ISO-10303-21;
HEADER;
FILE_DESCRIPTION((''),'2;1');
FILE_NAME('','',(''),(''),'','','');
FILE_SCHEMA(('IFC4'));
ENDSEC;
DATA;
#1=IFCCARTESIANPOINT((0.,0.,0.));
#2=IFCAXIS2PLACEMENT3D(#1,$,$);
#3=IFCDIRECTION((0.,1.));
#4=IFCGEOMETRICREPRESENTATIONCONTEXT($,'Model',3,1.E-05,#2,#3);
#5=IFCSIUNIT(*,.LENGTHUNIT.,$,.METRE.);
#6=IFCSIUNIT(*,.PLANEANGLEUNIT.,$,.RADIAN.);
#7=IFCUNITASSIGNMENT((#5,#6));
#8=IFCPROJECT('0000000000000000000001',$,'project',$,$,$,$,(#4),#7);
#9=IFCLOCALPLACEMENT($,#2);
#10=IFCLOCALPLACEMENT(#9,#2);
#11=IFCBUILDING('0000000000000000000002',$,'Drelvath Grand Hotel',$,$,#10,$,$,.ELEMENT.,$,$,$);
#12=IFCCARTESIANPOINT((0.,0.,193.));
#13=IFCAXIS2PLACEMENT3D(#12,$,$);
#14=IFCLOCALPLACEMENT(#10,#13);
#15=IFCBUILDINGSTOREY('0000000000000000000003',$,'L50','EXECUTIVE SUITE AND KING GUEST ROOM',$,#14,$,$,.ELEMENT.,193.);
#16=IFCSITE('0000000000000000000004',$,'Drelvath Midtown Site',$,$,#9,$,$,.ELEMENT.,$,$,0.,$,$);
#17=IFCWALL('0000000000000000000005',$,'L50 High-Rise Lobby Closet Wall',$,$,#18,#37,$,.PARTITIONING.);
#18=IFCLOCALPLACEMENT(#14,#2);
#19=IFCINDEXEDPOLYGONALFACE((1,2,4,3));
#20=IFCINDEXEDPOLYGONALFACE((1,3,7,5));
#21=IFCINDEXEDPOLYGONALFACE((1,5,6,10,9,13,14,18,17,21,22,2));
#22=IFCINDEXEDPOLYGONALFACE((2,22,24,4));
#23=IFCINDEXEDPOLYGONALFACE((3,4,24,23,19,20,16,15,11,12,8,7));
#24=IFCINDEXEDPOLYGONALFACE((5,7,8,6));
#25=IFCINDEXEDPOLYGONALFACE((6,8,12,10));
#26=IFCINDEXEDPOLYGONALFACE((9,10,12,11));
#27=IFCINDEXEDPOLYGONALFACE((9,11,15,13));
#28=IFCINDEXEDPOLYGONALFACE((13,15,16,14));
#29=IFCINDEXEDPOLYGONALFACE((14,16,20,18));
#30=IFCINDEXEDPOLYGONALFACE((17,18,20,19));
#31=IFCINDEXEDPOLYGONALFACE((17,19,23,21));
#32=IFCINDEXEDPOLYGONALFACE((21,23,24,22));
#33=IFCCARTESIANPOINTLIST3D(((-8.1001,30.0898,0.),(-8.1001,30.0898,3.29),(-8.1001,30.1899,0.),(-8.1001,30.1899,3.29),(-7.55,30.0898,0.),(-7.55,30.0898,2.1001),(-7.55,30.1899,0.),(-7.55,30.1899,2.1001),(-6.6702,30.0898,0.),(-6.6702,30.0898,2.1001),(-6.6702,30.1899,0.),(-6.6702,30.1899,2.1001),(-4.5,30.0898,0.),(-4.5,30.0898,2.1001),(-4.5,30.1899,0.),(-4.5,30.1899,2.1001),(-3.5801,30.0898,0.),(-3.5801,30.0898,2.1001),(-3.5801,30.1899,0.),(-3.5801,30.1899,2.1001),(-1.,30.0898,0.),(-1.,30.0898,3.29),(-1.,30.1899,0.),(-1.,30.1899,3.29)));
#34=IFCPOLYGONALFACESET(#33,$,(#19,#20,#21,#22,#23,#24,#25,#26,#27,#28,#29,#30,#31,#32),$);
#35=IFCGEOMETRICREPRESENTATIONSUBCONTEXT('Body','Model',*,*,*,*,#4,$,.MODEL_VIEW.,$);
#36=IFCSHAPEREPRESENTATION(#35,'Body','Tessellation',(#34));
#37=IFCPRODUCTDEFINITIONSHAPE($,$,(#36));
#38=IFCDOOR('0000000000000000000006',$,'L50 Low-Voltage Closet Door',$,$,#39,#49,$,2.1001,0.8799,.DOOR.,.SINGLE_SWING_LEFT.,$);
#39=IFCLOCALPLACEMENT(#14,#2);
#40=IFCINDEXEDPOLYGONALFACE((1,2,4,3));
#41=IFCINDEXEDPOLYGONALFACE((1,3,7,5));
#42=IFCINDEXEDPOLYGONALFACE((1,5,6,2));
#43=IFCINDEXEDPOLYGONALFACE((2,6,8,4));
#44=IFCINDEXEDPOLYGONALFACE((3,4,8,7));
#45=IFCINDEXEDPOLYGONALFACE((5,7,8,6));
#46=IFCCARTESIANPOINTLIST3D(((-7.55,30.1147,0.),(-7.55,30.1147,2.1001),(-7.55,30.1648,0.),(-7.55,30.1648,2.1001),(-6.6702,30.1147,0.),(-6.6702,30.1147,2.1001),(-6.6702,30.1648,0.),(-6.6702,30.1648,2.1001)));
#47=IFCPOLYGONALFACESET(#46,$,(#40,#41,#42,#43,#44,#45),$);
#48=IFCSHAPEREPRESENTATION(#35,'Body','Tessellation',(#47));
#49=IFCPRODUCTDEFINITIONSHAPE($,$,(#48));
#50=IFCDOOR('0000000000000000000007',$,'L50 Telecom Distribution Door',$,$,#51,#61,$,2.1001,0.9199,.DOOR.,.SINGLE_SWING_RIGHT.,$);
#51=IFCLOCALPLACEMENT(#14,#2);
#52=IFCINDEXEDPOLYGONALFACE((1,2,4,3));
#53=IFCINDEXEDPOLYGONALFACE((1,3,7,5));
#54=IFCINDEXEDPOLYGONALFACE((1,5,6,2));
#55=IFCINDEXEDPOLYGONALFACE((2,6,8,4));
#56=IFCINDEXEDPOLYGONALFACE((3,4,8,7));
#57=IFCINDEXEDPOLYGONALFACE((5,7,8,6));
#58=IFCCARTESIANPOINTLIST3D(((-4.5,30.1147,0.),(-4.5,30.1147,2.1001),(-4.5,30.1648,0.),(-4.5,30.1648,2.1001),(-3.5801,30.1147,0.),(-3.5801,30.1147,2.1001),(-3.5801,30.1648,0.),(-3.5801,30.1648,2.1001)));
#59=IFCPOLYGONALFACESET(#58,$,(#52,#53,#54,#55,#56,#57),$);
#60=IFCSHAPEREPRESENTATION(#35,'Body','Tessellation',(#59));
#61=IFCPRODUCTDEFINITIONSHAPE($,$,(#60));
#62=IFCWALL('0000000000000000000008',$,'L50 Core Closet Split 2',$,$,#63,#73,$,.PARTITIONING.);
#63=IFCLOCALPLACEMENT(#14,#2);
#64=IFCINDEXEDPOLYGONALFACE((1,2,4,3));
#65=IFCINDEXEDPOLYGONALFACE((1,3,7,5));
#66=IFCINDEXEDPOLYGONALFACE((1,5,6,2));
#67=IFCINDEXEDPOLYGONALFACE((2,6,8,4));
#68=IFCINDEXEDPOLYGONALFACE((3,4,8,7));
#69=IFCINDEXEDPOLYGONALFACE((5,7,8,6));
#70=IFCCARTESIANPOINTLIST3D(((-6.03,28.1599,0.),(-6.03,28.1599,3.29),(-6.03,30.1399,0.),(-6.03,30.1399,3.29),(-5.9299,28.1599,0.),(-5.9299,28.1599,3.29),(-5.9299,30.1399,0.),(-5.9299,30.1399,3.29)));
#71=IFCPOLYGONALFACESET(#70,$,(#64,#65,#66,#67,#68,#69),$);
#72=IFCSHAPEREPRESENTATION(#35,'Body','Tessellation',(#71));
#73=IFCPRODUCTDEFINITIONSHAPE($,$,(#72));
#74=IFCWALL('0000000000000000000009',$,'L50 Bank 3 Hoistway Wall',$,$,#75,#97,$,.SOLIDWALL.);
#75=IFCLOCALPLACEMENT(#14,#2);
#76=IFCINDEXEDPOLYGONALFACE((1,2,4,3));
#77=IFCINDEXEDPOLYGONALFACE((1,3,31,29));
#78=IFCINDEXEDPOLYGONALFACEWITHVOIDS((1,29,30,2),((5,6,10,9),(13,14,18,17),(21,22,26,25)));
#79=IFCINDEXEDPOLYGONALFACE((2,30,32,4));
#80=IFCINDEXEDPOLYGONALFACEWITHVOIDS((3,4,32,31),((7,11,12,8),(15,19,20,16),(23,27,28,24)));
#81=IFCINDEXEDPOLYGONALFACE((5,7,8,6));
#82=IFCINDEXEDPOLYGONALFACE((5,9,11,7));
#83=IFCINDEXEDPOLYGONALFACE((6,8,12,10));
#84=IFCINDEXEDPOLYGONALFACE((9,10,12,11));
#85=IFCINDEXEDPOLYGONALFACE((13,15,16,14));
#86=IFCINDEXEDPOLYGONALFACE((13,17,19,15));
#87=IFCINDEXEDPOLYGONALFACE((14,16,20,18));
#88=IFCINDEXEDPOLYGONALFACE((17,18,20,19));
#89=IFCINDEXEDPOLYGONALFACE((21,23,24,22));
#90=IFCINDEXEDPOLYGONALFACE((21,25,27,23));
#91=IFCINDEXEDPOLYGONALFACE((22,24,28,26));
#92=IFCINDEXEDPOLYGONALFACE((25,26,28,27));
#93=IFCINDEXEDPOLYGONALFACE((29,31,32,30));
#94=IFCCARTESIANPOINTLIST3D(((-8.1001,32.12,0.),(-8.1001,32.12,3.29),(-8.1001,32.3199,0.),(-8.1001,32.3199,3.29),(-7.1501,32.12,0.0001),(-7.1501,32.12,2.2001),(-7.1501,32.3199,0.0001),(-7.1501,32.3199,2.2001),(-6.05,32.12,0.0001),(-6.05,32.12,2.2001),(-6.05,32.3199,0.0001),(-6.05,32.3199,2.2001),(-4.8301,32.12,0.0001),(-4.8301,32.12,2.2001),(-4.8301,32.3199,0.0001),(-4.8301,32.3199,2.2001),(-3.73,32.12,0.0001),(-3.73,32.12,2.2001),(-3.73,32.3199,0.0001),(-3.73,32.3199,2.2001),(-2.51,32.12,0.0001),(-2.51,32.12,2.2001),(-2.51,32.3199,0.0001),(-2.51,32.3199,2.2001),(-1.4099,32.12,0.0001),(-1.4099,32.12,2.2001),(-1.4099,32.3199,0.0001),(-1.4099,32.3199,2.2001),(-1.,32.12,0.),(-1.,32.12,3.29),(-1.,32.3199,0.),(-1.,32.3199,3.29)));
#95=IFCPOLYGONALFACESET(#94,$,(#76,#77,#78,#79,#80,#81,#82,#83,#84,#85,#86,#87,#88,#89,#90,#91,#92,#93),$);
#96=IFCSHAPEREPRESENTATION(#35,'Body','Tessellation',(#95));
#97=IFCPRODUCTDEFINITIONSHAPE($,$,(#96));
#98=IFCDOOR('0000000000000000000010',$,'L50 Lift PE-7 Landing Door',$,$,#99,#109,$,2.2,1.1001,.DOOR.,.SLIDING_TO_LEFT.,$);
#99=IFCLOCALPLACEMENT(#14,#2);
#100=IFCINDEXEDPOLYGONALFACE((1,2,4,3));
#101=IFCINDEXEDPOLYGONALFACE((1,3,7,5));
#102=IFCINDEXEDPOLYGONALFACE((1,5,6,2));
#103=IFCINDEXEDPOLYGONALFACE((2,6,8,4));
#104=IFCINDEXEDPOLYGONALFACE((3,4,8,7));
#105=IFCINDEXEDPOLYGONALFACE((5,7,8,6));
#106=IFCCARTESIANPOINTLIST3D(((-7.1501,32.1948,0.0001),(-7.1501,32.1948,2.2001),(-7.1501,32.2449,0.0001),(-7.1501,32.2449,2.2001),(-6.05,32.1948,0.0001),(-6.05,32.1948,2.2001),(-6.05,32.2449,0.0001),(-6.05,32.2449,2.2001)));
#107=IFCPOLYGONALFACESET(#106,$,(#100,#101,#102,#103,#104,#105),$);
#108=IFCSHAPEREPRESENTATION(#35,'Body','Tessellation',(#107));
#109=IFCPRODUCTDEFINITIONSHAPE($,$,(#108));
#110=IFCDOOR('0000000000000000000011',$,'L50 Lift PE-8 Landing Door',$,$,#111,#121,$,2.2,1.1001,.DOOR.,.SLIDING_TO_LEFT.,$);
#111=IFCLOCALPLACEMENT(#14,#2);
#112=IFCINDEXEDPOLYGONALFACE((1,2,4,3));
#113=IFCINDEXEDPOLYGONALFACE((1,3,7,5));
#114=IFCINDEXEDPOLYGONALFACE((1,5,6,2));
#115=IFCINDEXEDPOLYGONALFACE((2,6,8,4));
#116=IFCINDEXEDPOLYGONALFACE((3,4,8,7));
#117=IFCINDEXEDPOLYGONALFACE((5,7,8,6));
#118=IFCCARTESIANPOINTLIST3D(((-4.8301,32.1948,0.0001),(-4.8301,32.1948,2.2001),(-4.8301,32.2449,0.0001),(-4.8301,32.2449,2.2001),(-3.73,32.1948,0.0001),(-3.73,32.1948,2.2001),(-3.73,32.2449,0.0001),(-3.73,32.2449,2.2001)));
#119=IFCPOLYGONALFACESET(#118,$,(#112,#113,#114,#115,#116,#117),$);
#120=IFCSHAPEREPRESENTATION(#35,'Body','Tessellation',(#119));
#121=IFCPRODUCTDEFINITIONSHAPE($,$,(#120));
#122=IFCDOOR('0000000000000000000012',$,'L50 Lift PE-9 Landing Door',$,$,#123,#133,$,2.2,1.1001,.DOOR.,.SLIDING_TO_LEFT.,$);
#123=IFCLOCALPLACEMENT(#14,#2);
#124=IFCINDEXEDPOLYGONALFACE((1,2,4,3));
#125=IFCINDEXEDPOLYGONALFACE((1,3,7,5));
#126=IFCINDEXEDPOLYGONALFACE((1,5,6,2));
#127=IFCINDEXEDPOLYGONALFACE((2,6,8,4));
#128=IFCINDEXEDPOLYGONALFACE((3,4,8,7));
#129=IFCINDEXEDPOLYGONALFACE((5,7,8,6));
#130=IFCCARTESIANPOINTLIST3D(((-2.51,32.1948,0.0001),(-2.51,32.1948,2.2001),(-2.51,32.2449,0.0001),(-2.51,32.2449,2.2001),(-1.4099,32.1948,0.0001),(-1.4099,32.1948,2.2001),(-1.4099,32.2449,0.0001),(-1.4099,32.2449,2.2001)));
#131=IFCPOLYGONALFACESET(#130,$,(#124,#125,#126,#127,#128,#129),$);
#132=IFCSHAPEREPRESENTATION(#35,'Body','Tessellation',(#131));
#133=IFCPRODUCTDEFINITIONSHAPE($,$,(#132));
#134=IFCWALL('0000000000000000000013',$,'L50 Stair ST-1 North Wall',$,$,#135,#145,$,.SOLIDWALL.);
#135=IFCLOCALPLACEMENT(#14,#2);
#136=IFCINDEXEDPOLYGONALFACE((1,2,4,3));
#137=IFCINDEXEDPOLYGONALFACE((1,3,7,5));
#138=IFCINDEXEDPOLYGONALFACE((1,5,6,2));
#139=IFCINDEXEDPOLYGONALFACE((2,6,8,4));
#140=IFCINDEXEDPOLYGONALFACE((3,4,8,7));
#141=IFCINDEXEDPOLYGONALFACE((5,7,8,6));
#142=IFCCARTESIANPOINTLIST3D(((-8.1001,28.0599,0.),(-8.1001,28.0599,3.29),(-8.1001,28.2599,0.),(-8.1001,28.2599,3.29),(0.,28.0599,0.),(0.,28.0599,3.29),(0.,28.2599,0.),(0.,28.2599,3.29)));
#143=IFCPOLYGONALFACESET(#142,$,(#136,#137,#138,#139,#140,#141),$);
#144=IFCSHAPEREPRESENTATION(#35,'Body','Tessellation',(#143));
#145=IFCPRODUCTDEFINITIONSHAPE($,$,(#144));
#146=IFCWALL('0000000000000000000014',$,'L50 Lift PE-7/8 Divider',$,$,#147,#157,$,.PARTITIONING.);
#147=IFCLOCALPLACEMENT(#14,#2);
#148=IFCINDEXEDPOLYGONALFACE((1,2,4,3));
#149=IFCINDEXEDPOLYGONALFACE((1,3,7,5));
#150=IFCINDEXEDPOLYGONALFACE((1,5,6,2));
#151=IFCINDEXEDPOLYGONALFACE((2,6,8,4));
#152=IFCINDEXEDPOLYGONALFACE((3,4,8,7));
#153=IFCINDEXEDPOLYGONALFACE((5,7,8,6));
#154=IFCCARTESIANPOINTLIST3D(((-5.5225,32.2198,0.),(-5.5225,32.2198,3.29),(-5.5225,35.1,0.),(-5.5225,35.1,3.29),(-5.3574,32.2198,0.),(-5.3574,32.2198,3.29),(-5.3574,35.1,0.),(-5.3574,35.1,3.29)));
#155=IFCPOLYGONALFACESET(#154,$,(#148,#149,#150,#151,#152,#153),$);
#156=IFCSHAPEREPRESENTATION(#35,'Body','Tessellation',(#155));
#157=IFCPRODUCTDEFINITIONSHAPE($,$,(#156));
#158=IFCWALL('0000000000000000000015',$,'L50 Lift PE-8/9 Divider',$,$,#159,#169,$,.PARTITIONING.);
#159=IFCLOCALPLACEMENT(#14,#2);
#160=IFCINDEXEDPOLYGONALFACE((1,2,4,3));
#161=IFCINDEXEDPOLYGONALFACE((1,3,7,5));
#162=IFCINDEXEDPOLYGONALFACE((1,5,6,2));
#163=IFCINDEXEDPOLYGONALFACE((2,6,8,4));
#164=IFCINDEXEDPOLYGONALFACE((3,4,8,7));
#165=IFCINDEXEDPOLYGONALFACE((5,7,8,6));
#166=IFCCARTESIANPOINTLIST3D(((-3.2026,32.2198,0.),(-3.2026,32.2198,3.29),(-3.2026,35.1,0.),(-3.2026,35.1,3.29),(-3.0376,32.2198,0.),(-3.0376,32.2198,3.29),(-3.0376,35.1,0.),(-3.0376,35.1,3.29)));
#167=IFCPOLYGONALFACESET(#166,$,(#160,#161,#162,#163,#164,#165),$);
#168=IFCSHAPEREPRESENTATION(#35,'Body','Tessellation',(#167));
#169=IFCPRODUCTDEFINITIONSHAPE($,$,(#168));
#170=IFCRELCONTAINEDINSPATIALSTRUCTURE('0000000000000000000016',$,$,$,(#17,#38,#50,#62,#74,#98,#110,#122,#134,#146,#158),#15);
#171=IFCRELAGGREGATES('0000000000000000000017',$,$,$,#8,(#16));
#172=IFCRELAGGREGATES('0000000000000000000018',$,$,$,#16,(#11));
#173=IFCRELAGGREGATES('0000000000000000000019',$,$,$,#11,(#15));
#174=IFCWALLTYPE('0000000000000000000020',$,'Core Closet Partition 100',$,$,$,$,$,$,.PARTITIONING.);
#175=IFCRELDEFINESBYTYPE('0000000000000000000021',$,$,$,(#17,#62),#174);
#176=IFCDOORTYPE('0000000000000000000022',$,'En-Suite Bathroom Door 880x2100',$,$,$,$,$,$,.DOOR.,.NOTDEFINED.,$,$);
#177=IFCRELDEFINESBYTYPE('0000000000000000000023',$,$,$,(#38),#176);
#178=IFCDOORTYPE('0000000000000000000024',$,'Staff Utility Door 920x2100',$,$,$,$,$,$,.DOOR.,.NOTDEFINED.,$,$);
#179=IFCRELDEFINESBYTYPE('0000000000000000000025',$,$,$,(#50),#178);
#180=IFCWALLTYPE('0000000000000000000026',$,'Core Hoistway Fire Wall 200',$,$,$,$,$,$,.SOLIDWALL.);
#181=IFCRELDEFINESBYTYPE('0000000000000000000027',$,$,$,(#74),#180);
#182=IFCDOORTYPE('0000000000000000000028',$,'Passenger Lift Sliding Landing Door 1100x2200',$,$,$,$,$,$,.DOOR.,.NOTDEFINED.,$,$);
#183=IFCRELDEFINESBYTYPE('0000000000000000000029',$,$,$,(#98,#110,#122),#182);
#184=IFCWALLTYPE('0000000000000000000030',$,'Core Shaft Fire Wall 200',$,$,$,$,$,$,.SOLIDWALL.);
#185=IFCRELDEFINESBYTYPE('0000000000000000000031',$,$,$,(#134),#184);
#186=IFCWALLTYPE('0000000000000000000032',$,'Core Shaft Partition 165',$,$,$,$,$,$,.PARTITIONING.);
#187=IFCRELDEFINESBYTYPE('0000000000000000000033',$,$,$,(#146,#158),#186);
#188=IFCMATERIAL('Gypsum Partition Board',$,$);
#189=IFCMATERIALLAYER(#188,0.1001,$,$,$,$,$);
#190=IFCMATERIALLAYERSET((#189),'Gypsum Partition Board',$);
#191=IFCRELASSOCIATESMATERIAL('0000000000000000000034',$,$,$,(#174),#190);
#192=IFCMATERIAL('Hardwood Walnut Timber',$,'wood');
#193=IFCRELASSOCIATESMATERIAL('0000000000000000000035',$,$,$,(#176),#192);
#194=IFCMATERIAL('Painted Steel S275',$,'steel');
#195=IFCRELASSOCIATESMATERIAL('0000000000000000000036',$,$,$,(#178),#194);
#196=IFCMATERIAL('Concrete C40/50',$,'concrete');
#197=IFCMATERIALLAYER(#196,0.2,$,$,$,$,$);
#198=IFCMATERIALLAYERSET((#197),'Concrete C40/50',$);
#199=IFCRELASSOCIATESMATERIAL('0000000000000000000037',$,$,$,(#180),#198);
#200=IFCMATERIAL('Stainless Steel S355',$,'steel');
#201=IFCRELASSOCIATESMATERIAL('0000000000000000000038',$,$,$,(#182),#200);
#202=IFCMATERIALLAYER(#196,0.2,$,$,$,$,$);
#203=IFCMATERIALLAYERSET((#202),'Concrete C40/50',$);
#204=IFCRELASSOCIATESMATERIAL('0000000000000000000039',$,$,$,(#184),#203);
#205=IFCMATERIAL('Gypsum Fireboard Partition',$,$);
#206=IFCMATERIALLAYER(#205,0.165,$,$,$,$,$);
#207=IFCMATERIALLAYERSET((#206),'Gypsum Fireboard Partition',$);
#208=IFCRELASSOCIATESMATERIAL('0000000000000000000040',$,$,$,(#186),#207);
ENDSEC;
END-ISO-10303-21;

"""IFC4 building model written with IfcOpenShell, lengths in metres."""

from ifc_helpers import new_model, si_unit, direction, frame, frame_2d, origin, place, context, subcontext, project, spatial, rectangle, extrude, material, layer, layer_set, type_object, element, fill, save


model = new_model("IFC4")

# Units and contexts
model_context = context("Model", 3, precision=1e-05, world=origin(), true_north=direction((0.0, 1.0)))
body_context = subcontext(model_context, "Body", "Model", "MODEL_VIEW")
ifc_project = project(units=[si_unit("LENGTHUNIT", "METRE"), si_unit("PLANEANGLEUNIT", "RADIAN")], contexts=[model_context])

# Site, building, storey
site_placement = place(None, origin())
site = spatial("IfcSite", under=ifc_project, at=site_placement, Name="Drelvath Midtown Site", CompositionType="ELEMENT", RefElevation=0.0)
building_placement = place(site_placement, origin())
building = spatial("IfcBuilding", under=site, at=building_placement, Name="Drelvath Grand Hotel", CompositionType="ELEMENT")
storey_placement = place(building_placement, frame((0.0, 0.0, 193.0)))
storey = spatial("IfcBuildingStorey", under=building, at=storey_placement, Name="L50", Description="EXECUTIVE SUITE AND KING GUEST ROOM", CompositionType="ELEMENT", Elevation=193.0)

# Wall, openings, doors
ifc_material_1 = material(Name="Gypsum Partition Board")
ifc_layer_1 = layer(ifc_material_1, 0.1001)
ifc_layer_set_1 = layer_set([ifc_layer_1], Name="Gypsum Partition Board")
wall_type_1 = type_object("IfcWallType", Name="Core Closet Partition 100", PredefinedType="PARTITIONING", material=ifc_layer_set_1)
wall_1_placement = place(storey_placement, frame((-8.1001, 30.1399, 0.0), z_axis=(0.0, 0.0, 1.0), x_axis=(1.0, 0.0, 0.0)))
wall_1 = element("IfcWall", 1, at=wall_1_placement, inside=storey, type_object=wall_type_1, Name="L50 High-Rise Lobby Closet Wall", PredefinedType="PARTITIONING", context=body_context, shape_type="SweptSolid", body=[
    extrude(rectangle(XDim=7.1001, YDim=0.1001, at=frame_2d((3.55, 0.0))), origin(), (0.0, 0.0, 1.0), 3.29),
])
opening_1_placement = place(wall_1_placement, frame((0.55, 0.0, 0.0)))
opening_1 = element("IfcOpeningElement", 2, at=opening_1_placement, cuts=wall_1, PredefinedType="OPENING", context=body_context, shape_type="SweptSolid", body=[
    extrude(rectangle(XDim=0.8799, YDim=2.1001, at=frame_2d((0.4399, 1.05))), frame((0.0, 0.0601, 0.0), z_axis=(0.0, -1.0, 0.0), x_axis=(1.0, 0.0, 0.0)), (0.0, 0.0, 1.0), 0.1201),
])
opening_2_placement = place(wall_1_placement, frame((3.6001, 0.0, 0.0)))
opening_2 = element("IfcOpeningElement", 3, at=opening_2_placement, cuts=wall_1, PredefinedType="OPENING", context=body_context, shape_type="SweptSolid", body=[
    extrude(rectangle(XDim=0.9199, YDim=2.1001, at=frame_2d((0.46, 1.05))), frame((0.0, 0.0601, 0.0), z_axis=(0.0, -1.0, 0.0), x_axis=(1.0, 0.0, 0.0)), (0.0, 0.0, 1.0), 0.1201),
])
ifc_material_2 = material(Name="Hardwood Walnut Timber", Category="wood")
door_type_1 = type_object("IfcDoorType", Name="En-Suite Bathroom Door 880x2100", OperationType="NOTDEFINED", PredefinedType="DOOR", material=ifc_material_2)
door_1_placement = place(opening_1_placement, origin())
door_1 = element("IfcDoor", 4, at=door_1_placement, inside=storey, type_object=door_type_1, Name="L50 Low-Voltage Closet Door", OperationType="SINGLE_SWING_LEFT", OverallHeight=2.1001, OverallWidth=0.8799, PredefinedType="DOOR", context=body_context, shape_type="SweptSolid", body=[
    extrude(rectangle(XDim=0.8799, YDim=2.1001, at=frame_2d((0.4399, 1.05))), frame((0.0, 0.0249, 0.0), z_axis=(0.0, -1.0, 0.0), x_axis=(1.0, 0.0, 0.0)), (0.0, 0.0, 1.0), 0.05),
])
fill(opening_1, door_1)
ifc_material_3 = material(Name="Painted Steel S275", Category="steel")
door_type_2 = type_object("IfcDoorType", Name="Staff Utility Door 920x2100", OperationType="NOTDEFINED", PredefinedType="DOOR", material=ifc_material_3)
door_2_placement = place(opening_2_placement, origin())
door_2 = element("IfcDoor", 5, at=door_2_placement, inside=storey, type_object=door_type_2, Name="L50 Telecom Distribution Door", OperationType="SINGLE_SWING_RIGHT", OverallHeight=2.1001, OverallWidth=0.9199, PredefinedType="DOOR", context=body_context, shape_type="SweptSolid", body=[
    extrude(rectangle(XDim=0.9199, YDim=2.1001, at=frame_2d((0.46, 1.05))), frame((0.0, 0.0249, 0.0), z_axis=(0.0, -1.0, 0.0), x_axis=(1.0, 0.0, 0.0)), (0.0, 0.0, 1.0), 0.05),
])
fill(opening_2, door_2)

# Wall
wall_2_placement = place(storey_placement, frame((-5.98, 28.1599, 0.0), z_axis=(0.0, 0.0, 1.0), x_axis=(0.0, 1.0, 0.0)))
element("IfcWall", 6, at=wall_2_placement, inside=storey, type_object=wall_type_1, Name="L50 Core Closet Split 2", PredefinedType="PARTITIONING", context=body_context, shape_type="SweptSolid", body=[
    extrude(rectangle(XDim=1.98, YDim=0.1001, at=frame_2d((0.99, 0.0))), origin(), (0.0, 0.0, 1.0), 3.29),
])

# Wall, openings, doors
ifc_material_4 = material(Name="Concrete C40/50", Category="concrete")
ifc_layer_2 = layer(ifc_material_4, 0.2)
ifc_layer_set_2 = layer_set([ifc_layer_2], Name="Concrete C40/50")
wall_type_2 = type_object("IfcWallType", Name="Core Hoistway Fire Wall 200", PredefinedType="SOLIDWALL", material=ifc_layer_set_2)
wall_3_placement = place(storey_placement, frame((-8.1001, 32.22, 0.0), z_axis=(0.0, 0.0, 1.0), x_axis=(1.0, 0.0, 0.0)))
wall_3 = element("IfcWall", 7, at=wall_3_placement, inside=storey, type_object=wall_type_2, Name="L50 Bank 3 Hoistway Wall", PredefinedType="SOLIDWALL", context=body_context, shape_type="SweptSolid", body=[
    extrude(rectangle(XDim=7.1001, YDim=0.2, at=frame_2d((3.55, 0.0))), origin(), (0.0, 0.0, 1.0), 3.29),
])
opening_3_placement = place(wall_3_placement, frame((0.95, 0.0, 0.0)))
opening_3 = element("IfcOpeningElement", 8, at=opening_3_placement, cuts=wall_3, PredefinedType="OPENING", context=body_context, shape_type="SweptSolid", body=[
    extrude(rectangle(XDim=1.1001, YDim=2.2, at=frame_2d((0.55, 1.1001))), frame((0.0, 0.1099, 0.0), z_axis=(0.0, -1.0, 0.0), x_axis=(1.0, 0.0, 0.0)), (0.0, 0.0, 1.0), 0.22),
])
opening_4_placement = place(wall_3_placement, frame((3.27, 0.0, 0.0)))
opening_4 = element("IfcOpeningElement", 9, at=opening_4_placement, cuts=wall_3, PredefinedType="OPENING", context=body_context, shape_type="SweptSolid", body=[
    extrude(rectangle(XDim=1.1001, YDim=2.2, at=frame_2d((0.55, 1.1001))), frame((0.0, 0.1099, 0.0), z_axis=(0.0, -1.0, 0.0), x_axis=(1.0, 0.0, 0.0)), (0.0, 0.0, 1.0), 0.22),
])
opening_5_placement = place(wall_3_placement, frame((5.5901, 0.0, 0.0)))
opening_5 = element("IfcOpeningElement", 10, at=opening_5_placement, cuts=wall_3, PredefinedType="OPENING", context=body_context, shape_type="SweptSolid", body=[
    extrude(rectangle(XDim=1.1001, YDim=2.2, at=frame_2d((0.55, 1.1001))), frame((0.0, 0.1099, 0.0), z_axis=(0.0, -1.0, 0.0), x_axis=(1.0, 0.0, 0.0)), (0.0, 0.0, 1.0), 0.22),
])
ifc_material_5 = material(Name="Stainless Steel S355", Category="steel")
door_type_3 = type_object("IfcDoorType", Name="Passenger Lift Sliding Landing Door 1100x2200", OperationType="NOTDEFINED", PredefinedType="DOOR", material=ifc_material_5)
door_3_placement = place(opening_3_placement, origin())
door_3 = element("IfcDoor", 11, at=door_3_placement, inside=storey, type_object=door_type_3, Name="L50 Lift PE-7 Landing Door", OperationType="SLIDING_TO_LEFT", OverallHeight=2.2, OverallWidth=1.1001, PredefinedType="DOOR", context=body_context, shape_type="SweptSolid", body=[
    extrude(rectangle(XDim=1.1001, YDim=2.2, at=frame_2d((0.55, 1.1001))), frame((0.0, 0.0249, 0.0), z_axis=(0.0, -1.0, 0.0), x_axis=(1.0, 0.0, 0.0)), (0.0, 0.0, 1.0), 0.05),
])
fill(opening_3, door_3)
door_4_placement = place(opening_4_placement, origin())
door_4 = element("IfcDoor", 12, at=door_4_placement, inside=storey, type_object=door_type_3, Name="L50 Lift PE-8 Landing Door", OperationType="SLIDING_TO_LEFT", OverallHeight=2.2, OverallWidth=1.1001, PredefinedType="DOOR", context=body_context, shape_type="SweptSolid", body=[
    extrude(rectangle(XDim=1.1001, YDim=2.2, at=frame_2d((0.55, 1.1001))), frame((0.0, 0.0249, 0.0), z_axis=(0.0, -1.0, 0.0), x_axis=(1.0, 0.0, 0.0)), (0.0, 0.0, 1.0), 0.05),
])
fill(opening_4, door_4)
door_5_placement = place(opening_5_placement, origin())
door_5 = element("IfcDoor", 13, at=door_5_placement, inside=storey, type_object=door_type_3, Name="L50 Lift PE-9 Landing Door", OperationType="SLIDING_TO_LEFT", OverallHeight=2.2, OverallWidth=1.1001, PredefinedType="DOOR", context=body_context, shape_type="SweptSolid", body=[
    extrude(rectangle(XDim=1.1001, YDim=2.2, at=frame_2d((0.55, 1.1001))), frame((0.0, 0.0249, 0.0), z_axis=(0.0, -1.0, 0.0), x_axis=(1.0, 0.0, 0.0)), (0.0, 0.0, 1.0), 0.05),
])
fill(opening_5, door_5)

# Walls
ifc_layer_3 = layer(ifc_material_4, 0.2)
ifc_layer_set_3 = layer_set([ifc_layer_3], Name="Concrete C40/50")
wall_type_3 = type_object("IfcWallType", Name="Core Shaft Fire Wall 200", PredefinedType="SOLIDWALL", material=ifc_layer_set_3)
wall_4_placement = place(storey_placement, frame((-8.1001, 28.1599, 0.0), z_axis=(0.0, 0.0, 1.0), x_axis=(1.0, 0.0, 0.0)))
element("IfcWall", 14, at=wall_4_placement, inside=storey, type_object=wall_type_3, Name="L50 Stair ST-1 North Wall", PredefinedType="SOLIDWALL", context=body_context, shape_type="SweptSolid", body=[
    extrude(rectangle(XDim=8.1001, YDim=0.2, at=frame_2d((4.05, 0.0))), origin(), (0.0, 0.0, 1.0), 3.29),
])
ifc_material_6 = material(Name="Gypsum Fireboard Partition")
ifc_layer_4 = layer(ifc_material_6, 0.165)
ifc_layer_set_4 = layer_set([ifc_layer_4], Name="Gypsum Fireboard Partition")
wall_type_4 = type_object("IfcWallType", Name="Core Shaft Partition 165", PredefinedType="PARTITIONING", material=ifc_layer_set_4)
for number, where, z_axis, x_axis, name in (
    (15, (-5.4399, 32.22, 0.0), (0.0, 0.0, 1.0), (0.0, 1.0, 0.0), "L50 Lift PE-7/8 Divider"),
    (16, (-3.1201, 32.22, 0.0), (0.0, 0.0, 1.0), (0.0, 1.0, 0.0), "L50 Lift PE-8/9 Divider"),
):
    element("IfcWall", number, at=place(storey_placement, frame(where, z_axis=z_axis, x_axis=x_axis)), inside=storey, type_object=wall_type_4, Name=name, PredefinedType="PARTITIONING", context=body_context, shape_type="SweptSolid", body=[
        extrude(rectangle(XDim=2.8801, YDim=0.165, at=frame_2d((1.4399, 0.0))), origin(), (0.0, 0.0, 1.0), 3.29),
    ])

save(model, "model.ifc")
